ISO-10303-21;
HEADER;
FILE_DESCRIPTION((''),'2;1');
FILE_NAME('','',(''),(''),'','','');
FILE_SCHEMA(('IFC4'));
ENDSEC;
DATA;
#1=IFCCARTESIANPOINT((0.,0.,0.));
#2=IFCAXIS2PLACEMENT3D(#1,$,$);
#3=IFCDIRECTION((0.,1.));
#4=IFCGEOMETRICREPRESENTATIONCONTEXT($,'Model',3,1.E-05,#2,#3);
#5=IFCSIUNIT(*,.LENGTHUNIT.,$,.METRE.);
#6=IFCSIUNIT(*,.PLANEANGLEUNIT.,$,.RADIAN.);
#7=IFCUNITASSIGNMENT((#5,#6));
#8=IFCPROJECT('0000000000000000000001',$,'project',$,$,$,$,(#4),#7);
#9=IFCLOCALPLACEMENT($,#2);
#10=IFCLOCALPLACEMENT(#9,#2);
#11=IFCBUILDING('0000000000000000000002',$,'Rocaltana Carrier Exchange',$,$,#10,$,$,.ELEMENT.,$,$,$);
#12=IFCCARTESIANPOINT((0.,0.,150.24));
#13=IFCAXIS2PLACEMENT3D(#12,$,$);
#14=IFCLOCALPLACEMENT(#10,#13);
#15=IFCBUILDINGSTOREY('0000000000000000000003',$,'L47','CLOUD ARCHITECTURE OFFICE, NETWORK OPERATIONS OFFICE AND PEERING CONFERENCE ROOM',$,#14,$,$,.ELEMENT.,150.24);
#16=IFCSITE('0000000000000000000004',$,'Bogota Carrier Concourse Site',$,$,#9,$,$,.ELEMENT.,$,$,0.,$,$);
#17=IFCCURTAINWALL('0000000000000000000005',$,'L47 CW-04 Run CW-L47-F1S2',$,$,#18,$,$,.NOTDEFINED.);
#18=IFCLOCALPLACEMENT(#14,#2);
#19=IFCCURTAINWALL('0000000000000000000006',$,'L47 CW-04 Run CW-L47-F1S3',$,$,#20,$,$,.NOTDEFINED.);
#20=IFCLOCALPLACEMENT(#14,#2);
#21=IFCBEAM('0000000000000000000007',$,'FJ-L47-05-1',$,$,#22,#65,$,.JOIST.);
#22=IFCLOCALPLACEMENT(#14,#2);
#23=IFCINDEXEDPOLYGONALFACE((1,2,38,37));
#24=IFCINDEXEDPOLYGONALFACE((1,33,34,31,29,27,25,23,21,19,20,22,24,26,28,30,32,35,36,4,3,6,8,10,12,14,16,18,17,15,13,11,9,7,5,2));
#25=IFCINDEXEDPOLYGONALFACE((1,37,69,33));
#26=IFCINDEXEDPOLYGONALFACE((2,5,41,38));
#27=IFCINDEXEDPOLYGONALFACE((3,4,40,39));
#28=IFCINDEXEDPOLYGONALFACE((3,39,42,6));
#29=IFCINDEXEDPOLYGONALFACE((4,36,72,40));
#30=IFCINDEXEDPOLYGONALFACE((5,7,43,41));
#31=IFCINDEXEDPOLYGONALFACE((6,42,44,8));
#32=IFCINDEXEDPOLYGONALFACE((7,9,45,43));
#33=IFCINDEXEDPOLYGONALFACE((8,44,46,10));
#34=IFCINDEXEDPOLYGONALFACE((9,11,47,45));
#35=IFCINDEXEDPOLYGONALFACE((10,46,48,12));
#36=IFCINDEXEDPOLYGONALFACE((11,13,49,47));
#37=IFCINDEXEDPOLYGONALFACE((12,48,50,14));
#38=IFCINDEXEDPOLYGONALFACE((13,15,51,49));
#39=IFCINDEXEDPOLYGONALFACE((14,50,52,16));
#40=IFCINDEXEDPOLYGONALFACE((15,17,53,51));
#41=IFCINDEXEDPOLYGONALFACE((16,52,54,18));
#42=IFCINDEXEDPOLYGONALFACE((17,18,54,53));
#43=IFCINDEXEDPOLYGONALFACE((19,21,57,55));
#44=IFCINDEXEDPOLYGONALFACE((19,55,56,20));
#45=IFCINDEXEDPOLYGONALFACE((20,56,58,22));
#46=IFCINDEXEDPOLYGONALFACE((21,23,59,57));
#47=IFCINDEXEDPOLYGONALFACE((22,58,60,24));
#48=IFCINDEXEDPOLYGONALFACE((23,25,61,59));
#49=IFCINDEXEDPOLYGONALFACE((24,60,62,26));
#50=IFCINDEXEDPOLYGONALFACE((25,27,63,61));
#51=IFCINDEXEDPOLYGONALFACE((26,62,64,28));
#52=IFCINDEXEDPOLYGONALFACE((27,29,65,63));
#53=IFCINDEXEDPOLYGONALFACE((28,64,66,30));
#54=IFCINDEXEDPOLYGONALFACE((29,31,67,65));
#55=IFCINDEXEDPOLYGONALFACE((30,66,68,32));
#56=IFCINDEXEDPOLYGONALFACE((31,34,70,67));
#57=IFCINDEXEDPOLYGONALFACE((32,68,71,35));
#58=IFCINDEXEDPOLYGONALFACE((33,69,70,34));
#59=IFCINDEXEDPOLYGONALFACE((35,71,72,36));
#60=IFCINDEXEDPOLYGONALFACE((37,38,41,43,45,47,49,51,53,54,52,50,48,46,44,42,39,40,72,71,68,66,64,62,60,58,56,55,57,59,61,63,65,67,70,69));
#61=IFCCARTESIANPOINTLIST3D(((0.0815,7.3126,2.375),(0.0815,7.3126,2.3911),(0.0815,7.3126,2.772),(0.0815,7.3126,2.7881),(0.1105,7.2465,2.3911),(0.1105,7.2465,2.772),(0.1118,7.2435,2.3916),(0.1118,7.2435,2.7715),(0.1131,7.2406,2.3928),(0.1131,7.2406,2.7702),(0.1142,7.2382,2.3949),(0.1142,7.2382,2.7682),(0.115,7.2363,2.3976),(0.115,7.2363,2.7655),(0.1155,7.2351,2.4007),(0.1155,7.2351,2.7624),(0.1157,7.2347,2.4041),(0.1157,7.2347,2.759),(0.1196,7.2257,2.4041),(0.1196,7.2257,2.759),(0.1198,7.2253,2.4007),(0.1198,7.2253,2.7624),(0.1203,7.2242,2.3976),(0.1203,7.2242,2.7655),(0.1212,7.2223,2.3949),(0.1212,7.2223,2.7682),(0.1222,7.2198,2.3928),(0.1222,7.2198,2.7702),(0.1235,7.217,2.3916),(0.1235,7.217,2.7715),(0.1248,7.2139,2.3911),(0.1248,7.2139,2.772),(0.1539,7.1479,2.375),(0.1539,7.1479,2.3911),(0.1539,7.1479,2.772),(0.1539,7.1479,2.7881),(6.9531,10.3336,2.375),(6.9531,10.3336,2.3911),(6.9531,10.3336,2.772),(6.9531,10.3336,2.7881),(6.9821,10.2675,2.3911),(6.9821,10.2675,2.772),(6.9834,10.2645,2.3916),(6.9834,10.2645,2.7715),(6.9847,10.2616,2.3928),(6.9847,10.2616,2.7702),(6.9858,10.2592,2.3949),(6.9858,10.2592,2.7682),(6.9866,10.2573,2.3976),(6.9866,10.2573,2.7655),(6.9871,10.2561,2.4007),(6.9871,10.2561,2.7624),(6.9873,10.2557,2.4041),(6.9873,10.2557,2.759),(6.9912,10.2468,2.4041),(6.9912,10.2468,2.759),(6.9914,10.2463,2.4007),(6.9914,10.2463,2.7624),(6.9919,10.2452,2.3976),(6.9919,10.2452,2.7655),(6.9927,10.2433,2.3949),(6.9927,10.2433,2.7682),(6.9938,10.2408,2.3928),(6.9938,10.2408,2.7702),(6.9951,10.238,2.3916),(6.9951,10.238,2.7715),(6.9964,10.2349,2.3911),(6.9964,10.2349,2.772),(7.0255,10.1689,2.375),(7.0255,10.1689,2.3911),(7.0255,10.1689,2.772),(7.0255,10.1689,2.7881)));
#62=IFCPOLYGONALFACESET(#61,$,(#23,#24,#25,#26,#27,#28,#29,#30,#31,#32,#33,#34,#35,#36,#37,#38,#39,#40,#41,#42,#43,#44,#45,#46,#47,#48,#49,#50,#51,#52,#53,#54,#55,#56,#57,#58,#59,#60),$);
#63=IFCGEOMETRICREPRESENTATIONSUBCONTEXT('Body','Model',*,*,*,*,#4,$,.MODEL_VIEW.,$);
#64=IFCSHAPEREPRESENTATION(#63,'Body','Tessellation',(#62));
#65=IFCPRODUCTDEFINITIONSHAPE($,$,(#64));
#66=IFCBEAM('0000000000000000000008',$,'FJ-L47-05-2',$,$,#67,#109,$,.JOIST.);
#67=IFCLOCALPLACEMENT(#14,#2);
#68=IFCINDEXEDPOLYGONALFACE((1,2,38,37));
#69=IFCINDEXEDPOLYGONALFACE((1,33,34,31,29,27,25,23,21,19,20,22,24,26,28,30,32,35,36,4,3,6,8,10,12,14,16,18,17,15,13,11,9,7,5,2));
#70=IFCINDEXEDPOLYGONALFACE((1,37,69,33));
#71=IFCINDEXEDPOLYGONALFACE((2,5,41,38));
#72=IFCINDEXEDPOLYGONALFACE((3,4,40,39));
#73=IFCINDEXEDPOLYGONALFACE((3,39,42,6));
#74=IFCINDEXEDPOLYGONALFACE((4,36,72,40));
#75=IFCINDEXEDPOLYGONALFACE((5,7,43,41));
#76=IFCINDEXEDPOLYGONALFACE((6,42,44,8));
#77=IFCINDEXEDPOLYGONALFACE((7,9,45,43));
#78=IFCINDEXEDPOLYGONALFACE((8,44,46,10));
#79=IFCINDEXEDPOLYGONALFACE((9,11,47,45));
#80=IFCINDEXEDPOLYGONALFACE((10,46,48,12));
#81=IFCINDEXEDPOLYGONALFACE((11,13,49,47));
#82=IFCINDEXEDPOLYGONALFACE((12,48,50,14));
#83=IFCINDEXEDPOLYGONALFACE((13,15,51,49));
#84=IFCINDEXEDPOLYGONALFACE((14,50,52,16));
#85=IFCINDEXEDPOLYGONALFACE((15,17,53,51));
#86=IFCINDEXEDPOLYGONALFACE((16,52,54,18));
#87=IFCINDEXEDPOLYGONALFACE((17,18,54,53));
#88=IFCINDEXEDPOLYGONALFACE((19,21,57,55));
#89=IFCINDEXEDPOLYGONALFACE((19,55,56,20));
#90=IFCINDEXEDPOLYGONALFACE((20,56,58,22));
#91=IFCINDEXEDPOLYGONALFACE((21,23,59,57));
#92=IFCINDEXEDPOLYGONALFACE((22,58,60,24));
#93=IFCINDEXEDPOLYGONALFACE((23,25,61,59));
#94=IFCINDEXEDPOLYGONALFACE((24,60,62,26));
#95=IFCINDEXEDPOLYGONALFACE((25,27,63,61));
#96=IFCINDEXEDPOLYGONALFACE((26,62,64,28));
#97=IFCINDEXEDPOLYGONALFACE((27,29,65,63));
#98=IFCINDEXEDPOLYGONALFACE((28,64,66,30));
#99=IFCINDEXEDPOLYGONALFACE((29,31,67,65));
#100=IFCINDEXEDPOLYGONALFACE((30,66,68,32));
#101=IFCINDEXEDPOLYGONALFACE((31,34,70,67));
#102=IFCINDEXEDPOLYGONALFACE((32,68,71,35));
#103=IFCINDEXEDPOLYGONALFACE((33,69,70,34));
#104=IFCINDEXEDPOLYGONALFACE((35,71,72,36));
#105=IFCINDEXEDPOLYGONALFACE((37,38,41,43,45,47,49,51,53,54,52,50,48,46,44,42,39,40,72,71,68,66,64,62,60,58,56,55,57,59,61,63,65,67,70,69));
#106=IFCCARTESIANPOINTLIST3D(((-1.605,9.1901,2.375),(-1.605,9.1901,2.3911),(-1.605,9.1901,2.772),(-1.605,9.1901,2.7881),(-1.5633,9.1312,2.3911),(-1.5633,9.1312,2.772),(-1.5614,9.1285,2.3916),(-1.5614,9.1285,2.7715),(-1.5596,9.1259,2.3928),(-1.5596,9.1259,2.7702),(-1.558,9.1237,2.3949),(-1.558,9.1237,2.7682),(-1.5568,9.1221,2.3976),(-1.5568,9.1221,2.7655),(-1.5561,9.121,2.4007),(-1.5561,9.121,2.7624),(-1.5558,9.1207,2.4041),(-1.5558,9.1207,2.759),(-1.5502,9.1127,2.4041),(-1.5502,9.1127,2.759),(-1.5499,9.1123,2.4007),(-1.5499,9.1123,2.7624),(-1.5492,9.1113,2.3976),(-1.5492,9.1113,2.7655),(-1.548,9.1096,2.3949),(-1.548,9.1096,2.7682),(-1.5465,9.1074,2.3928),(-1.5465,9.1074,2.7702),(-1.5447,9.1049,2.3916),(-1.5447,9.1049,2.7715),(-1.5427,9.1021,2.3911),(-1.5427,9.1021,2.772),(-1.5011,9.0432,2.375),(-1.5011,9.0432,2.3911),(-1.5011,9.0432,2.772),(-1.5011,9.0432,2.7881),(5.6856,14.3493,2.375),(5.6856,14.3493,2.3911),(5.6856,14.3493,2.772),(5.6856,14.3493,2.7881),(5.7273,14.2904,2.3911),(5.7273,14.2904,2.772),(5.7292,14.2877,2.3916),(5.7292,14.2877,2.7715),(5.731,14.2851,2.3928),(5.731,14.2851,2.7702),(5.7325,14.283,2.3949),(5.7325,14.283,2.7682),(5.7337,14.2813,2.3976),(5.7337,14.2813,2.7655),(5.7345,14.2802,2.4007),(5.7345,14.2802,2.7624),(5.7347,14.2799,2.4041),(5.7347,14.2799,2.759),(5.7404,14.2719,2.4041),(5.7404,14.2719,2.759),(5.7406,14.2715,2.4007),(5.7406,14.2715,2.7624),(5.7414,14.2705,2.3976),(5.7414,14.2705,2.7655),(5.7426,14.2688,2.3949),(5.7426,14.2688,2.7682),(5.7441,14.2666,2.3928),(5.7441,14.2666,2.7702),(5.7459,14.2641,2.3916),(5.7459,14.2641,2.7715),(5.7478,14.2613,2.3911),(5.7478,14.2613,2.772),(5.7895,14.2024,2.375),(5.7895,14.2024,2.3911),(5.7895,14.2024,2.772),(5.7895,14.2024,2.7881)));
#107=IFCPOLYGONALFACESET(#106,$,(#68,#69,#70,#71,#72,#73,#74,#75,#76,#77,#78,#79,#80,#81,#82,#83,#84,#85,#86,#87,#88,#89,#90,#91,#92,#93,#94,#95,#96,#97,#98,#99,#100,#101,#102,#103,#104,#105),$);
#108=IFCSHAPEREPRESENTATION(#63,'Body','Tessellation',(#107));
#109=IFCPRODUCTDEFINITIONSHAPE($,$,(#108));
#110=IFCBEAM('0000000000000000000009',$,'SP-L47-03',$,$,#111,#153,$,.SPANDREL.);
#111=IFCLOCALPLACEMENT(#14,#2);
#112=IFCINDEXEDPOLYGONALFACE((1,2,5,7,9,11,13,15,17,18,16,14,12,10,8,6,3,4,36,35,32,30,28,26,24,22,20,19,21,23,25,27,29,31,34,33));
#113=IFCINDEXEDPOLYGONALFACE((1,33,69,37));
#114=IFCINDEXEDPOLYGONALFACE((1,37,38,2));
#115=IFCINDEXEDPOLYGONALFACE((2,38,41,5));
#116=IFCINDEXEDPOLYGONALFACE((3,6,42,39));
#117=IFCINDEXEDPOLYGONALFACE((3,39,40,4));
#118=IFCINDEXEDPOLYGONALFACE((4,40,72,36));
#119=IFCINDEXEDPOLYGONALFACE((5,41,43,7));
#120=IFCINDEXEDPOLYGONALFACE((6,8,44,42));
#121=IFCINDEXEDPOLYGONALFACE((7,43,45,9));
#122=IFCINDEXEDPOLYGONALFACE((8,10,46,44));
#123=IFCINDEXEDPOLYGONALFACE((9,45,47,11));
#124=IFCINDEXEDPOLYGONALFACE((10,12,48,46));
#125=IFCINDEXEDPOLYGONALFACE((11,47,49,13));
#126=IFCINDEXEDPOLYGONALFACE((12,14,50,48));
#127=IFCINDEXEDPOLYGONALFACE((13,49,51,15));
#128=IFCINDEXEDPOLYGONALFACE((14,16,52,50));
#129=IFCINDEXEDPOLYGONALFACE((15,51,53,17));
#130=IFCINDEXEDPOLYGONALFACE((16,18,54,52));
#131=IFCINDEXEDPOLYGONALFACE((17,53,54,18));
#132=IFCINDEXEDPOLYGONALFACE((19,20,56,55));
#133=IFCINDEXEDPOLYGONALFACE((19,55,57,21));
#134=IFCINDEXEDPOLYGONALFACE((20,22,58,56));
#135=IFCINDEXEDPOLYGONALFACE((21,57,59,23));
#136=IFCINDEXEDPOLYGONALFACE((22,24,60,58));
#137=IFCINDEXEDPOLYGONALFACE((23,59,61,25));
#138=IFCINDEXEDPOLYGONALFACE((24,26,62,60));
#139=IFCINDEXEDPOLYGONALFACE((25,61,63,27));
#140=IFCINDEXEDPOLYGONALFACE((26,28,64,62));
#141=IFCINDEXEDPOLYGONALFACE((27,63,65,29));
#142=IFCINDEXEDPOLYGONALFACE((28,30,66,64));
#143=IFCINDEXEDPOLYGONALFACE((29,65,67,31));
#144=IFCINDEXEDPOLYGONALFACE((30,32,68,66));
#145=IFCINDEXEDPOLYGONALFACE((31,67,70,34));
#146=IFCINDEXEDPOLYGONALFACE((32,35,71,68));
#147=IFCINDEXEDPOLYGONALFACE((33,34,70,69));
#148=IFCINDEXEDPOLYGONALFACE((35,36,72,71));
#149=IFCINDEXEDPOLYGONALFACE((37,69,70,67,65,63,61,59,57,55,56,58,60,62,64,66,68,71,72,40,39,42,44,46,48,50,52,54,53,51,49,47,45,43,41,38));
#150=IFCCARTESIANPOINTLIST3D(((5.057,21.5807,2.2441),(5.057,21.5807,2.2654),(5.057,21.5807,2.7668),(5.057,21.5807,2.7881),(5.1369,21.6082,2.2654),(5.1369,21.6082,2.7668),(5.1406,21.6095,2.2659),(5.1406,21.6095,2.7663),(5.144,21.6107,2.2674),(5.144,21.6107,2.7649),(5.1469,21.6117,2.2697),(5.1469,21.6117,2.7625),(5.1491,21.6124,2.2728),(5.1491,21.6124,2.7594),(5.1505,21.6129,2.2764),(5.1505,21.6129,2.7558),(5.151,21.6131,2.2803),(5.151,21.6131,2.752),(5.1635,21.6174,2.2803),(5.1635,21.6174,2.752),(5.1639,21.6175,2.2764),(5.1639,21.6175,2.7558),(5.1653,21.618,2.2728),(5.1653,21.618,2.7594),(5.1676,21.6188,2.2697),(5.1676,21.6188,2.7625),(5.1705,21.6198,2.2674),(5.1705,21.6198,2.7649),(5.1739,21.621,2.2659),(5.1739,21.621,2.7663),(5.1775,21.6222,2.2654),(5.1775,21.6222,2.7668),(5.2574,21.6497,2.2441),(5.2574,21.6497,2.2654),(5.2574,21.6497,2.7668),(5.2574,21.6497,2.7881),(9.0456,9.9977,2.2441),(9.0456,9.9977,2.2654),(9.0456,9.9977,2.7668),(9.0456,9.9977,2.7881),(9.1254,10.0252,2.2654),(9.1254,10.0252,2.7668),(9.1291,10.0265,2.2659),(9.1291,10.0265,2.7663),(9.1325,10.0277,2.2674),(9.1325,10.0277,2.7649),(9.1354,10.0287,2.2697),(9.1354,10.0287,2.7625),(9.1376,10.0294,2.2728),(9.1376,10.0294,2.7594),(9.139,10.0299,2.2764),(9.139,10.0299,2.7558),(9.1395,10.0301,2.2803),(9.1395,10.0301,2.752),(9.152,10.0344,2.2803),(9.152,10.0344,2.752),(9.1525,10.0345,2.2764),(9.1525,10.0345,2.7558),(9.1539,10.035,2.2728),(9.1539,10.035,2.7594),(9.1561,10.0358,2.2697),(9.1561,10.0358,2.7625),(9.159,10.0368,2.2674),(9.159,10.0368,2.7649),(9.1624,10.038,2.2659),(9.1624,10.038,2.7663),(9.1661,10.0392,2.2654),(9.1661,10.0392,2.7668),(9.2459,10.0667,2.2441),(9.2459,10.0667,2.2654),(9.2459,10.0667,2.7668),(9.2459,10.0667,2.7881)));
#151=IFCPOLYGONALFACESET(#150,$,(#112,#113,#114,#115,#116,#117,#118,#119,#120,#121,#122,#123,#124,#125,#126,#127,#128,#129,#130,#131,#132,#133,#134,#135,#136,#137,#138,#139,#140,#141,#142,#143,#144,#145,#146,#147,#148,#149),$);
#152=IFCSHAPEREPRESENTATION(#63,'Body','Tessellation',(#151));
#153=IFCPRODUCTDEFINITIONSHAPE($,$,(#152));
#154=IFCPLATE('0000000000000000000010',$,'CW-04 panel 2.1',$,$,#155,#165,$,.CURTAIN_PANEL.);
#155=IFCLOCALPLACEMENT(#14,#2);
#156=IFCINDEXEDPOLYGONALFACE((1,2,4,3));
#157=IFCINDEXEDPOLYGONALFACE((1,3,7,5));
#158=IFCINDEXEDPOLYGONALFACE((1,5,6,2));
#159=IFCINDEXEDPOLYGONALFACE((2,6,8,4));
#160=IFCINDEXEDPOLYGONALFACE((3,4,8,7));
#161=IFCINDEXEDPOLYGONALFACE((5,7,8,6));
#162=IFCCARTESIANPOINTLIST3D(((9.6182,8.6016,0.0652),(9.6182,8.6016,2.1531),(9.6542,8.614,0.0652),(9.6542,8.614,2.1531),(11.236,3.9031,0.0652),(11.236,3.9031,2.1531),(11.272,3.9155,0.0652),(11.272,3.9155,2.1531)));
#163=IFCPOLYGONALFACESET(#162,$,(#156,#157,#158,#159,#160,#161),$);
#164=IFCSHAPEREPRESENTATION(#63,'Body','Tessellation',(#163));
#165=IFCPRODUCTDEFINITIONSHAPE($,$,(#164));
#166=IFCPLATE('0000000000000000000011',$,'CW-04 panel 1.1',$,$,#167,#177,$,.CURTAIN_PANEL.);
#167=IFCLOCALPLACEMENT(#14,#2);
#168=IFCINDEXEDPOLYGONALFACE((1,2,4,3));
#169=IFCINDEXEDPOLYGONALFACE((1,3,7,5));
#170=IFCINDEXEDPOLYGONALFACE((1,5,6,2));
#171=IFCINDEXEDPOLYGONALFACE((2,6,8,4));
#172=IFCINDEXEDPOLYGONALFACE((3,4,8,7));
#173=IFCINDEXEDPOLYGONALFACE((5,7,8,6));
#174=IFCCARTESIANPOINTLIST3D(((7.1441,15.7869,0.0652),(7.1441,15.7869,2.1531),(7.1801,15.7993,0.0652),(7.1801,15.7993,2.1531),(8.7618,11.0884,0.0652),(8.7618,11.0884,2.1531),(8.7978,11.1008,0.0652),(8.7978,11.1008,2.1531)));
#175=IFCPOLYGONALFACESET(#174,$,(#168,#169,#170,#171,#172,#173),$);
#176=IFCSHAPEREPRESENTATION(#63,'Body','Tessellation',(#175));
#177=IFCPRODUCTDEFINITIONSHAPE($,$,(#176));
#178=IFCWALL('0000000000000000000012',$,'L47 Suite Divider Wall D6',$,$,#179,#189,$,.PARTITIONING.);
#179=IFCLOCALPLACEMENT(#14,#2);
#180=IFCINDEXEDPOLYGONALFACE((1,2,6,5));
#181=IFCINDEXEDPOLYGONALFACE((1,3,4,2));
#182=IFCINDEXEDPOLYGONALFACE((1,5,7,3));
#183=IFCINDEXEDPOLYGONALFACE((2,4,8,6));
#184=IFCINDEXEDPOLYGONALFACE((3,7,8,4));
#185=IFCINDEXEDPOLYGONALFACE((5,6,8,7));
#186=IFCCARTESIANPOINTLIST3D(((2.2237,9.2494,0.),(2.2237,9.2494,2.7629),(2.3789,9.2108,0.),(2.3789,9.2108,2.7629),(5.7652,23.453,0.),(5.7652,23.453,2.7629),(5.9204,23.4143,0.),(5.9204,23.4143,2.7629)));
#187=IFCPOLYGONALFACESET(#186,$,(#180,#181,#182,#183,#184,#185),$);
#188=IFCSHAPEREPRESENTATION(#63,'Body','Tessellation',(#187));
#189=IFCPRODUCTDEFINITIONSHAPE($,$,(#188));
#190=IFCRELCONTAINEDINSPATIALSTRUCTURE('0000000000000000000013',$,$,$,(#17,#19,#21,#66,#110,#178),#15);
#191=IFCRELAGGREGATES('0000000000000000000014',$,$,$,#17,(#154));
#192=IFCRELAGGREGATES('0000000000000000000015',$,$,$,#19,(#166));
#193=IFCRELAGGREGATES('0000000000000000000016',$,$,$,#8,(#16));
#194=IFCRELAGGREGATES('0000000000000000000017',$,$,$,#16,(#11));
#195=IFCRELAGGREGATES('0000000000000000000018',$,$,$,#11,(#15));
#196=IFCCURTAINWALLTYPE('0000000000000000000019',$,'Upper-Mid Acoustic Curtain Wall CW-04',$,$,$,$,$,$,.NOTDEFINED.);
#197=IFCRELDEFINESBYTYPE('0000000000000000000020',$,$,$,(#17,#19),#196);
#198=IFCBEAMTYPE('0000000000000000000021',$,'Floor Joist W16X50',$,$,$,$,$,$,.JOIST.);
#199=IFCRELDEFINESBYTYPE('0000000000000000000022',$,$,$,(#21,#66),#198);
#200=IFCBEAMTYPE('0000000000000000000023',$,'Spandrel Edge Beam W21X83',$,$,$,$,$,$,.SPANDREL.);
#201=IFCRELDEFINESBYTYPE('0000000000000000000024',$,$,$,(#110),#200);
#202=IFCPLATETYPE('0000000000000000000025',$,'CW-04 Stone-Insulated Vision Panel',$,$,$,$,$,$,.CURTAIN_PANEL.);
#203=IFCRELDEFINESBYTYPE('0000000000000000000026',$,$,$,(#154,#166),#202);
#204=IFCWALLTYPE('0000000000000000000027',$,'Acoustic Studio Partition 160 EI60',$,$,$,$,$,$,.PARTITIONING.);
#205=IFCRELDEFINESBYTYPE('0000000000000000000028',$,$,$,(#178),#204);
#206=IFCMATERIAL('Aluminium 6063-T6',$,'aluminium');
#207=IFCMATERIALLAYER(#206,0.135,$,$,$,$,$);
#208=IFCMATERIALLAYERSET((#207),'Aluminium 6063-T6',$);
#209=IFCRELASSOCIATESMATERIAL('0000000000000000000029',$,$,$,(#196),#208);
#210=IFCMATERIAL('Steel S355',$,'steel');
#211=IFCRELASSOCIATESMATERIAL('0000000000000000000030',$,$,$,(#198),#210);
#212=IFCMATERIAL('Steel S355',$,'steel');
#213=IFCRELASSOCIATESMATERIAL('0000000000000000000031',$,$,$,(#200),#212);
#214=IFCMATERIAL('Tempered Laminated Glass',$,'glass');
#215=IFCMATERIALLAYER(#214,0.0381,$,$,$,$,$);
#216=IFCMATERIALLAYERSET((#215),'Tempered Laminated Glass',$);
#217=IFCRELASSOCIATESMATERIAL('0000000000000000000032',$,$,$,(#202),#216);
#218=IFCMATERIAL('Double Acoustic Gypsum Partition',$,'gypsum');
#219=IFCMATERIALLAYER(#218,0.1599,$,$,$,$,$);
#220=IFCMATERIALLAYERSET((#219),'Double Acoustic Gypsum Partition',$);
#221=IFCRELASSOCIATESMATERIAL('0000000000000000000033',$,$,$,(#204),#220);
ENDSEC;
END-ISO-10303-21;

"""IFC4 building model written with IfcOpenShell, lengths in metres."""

from ifc_helpers import new_model, si_unit, direction, frame, frame_2d, origin, origin_2d, place, context, subcontext, project, spatial, rectangle, i_section, extrude, material, layer, layer_set, material_profile, profile_set, type_object, element, aggregate, save


model = new_model("IFC4")

# Units and contexts
model_context = context("Model", 3, precision=1e-05, world=origin(), true_north=direction((0.0, 1.0)))
body_context = subcontext(model_context, "Body", "Model", "MODEL_VIEW")
ifc_project = project(units=[si_unit("LENGTHUNIT", "METRE"), si_unit("PLANEANGLEUNIT", "RADIAN")], contexts=[model_context])

# Site, building, storey
site_placement = place(None, origin())
site = spatial("IfcSite", under=ifc_project, at=site_placement, Name="Bogota Carrier Concourse Site", CompositionType="ELEMENT", RefElevation=0.0)
building_placement = place(site_placement, origin())
building = spatial("IfcBuilding", under=site, at=building_placement, Name="Rocaltana Carrier Exchange", CompositionType="ELEMENT")
storey_placement = place(building_placement, frame((0.0, 0.0, 150.24)))
storey = spatial("IfcBuildingStorey", under=building, at=storey_placement, Name="L47", Description="CLOUD ARCHITECTURE OFFICE, NETWORK OPERATIONS OFFICE AND PEERING CONFERENCE ROOM", CompositionType="ELEMENT", Elevation=150.24)

# Curtain wall
ifc_material_1 = material(Name="Aluminium 6063-T6", Category="aluminium")
ifc_layer_1 = layer(ifc_material_1, 0.135)
ifc_layer_set_1 = layer_set([ifc_layer_1], Name="Aluminium 6063-T6")
curtain_wall_type = type_object("IfcCurtainWallType", Name="Upper-Mid Acoustic Curtain Wall CW-04", PredefinedType="NOTDEFINED", material=ifc_layer_set_1)
curtain_wall_1_placement = place(storey_placement, origin())
curtain_wall_1 = element("IfcCurtainWall", 1, at=curtain_wall_1_placement, inside=storey, type_object=curtain_wall_type, Name="L47 CW-04 Run CW-L47-F1S2", PredefinedType="NOTDEFINED")

# Curtain wall
curtain_wall_2_placement = place(storey_placement, origin())
curtain_wall_2 = element("IfcCurtainWall", 2, at=curtain_wall_2_placement, inside=storey, type_object=curtain_wall_type, Name="L47 CW-04 Run CW-L47-F1S3", PredefinedType="NOTDEFINED")

# Beams
ifc_material_2 = material(Name="Steel S355", Category="steel")
ifc_material_profile_1 = material_profile(ifc_material_2, i_section(OverallWidth=0.1799, OverallDepth=0.4131, WebThickness=0.0098, FlangeThickness=0.0161, FilletRadius=0.0129, at=origin_2d()), Name="W16X50")
ifc_profile_set_1 = profile_set([ifc_material_profile_1], Name="Steel S355")
beam_type_1 = type_object("IfcBeamType", Name="Floor Joist W16X50", PredefinedType="JOIST", material=ifc_profile_set_1)
beam_1_placement = place(storey_placement, frame((6.9893, 10.2512, 2.5815), z_axis=(-0.915438, -0.40246, 0.0), x_axis=(0.40246, -0.915438, 0.0)))
element("IfcBeam", 3, at=beam_1_placement, inside=storey, type_object=beam_type_1, Name="FJ-L47-05-1", PredefinedType="JOIST", context=body_context, shape_type="SweptSolid", body=[
    extrude(i_section(OverallWidth=0.1799, OverallDepth=0.4131, WebThickness=0.0098, FlangeThickness=0.0161, FilletRadius=0.0129, at=origin_2d()), origin(), (0.0, 0.0, 1.0), 7.5063),
])
beam_2_placement = place(storey_placement, frame((5.7375, 14.2759, 2.5815), z_axis=(-0.816285, -0.577649, 0.0), x_axis=(0.577649, -0.816285, 0.0)))
element("IfcBeam", 4, at=beam_2_placement, inside=storey, type_object=beam_type_1, Name="FJ-L47-05-2", PredefinedType="JOIST", context=body_context, shape_type="SweptSolid", body=[
    extrude(i_section(OverallWidth=0.1799, OverallDepth=0.4131, WebThickness=0.0098, FlangeThickness=0.0161, FilletRadius=0.0129, at=origin_2d()), origin(), (0.0, 0.0, 1.0), 8.9314),
])
ifc_material_3 = material(Name="Steel S355", Category="steel")
ifc_material_profile_2 = material_profile(ifc_material_3, i_section(OverallWidth=0.2119, OverallDepth=0.5439, WebThickness=0.0132, FlangeThickness=0.0212, FilletRadius=0.0149, at=origin_2d()), Name="W21X83")
ifc_profile_set_2 = profile_set([ifc_material_profile_2], Name="Steel S355")
beam_type_2 = type_object("IfcBeamType", Name="Spandrel Edge Beam W21X83", PredefinedType="SPANDREL", material=ifc_profile_set_2)
beam_3_placement = place(storey_placement, frame((9.1458, 10.0322, 2.5161), z_axis=(-0.325581, 0.945514, 0.0), x_axis=(-0.945514, -0.325581, 0.0)))
element("IfcBeam", 5, at=beam_3_placement, inside=storey, type_object=beam_type_2, Name="SP-L47-03", PredefinedType="SPANDREL", context=body_context, shape_type="SweptSolid", body=[
    extrude(i_section(OverallWidth=0.2119, OverallDepth=0.5439, WebThickness=0.0132, FlangeThickness=0.0212, FilletRadius=0.0149, at=origin_2d()), origin(), (0.0, 0.0, 1.0), 12.2505),
])

# Plates
ifc_material_4 = material(Name="Tempered Laminated Glass", Category="glass")
ifc_layer_2 = layer(ifc_material_4, 0.0381)
ifc_layer_set_2 = layer_set([ifc_layer_2], Name="Tempered Laminated Glass")
plate_type = type_object("IfcPlateType", Name="CW-04 Stone-Insulated Vision Panel", PredefinedType="CURTAIN_PANEL", material=ifc_layer_set_2)
plate_1_placement = place(storey_placement, frame((10.4451, 6.2585, 0.0652), z_axis=(0.0, 0.0, 1.0), x_axis=(-0.325562, 0.945521, 0.0)))
plate_1 = element("IfcPlate", 6, at=plate_1_placement, type_object=plate_type, Name="CW-04 panel 2.1", PredefinedType="CURTAIN_PANEL", context=body_context, shape_type="SweptSolid", body=[
    extrude(rectangle(XDim=4.9692, YDim=0.0381, at=origin_2d()), origin(), (0.0, 0.0, 1.0), 2.0879),
])
aggregate(curtain_wall_1, [plate_1])
plate_2_placement = place(storey_placement, frame((7.9709, 13.4438, 0.0652), z_axis=(0.0, 0.0, 1.0), x_axis=(-0.325559, 0.945522, 0.0)))
plate_2 = element("IfcPlate", 7, at=plate_2_placement, type_object=plate_type, Name="CW-04 panel 1.1", PredefinedType="CURTAIN_PANEL", context=body_context, shape_type="SweptSolid", body=[
    extrude(rectangle(XDim=4.9692, YDim=0.0381, at=origin_2d()), origin(), (0.0, 0.0, 1.0), 2.0879),
])
aggregate(curtain_wall_2, [plate_2])

# Wall
ifc_material_5 = material(Name="Double Acoustic Gypsum Partition", Category="gypsum")
ifc_layer_3 = layer(ifc_material_5, 0.1599)
ifc_layer_set_3 = layer_set([ifc_layer_3], Name="Double Acoustic Gypsum Partition")
wall_type_1 = type_object("IfcWallType", Name="Acoustic Studio Partition 160 EI60", PredefinedType="PARTITIONING", material=ifc_layer_set_3)
wall_1_placement = place(storey_placement, frame((2.3013, 9.23, 0.0), z_axis=(0.0, 0.0, 1.0), x_axis=(0.241931, 0.970293, 0.0)))
element("IfcWall", 8, at=wall_1_placement, inside=storey, type_object=wall_type_1, Name="L47 Suite Divider Wall D6", PredefinedType="PARTITIONING", context=body_context, shape_type="SweptSolid", body=[
    extrude(rectangle(XDim=14.6384, YDim=0.1599, at=frame_2d((7.3193, 0.0))), origin(), (0.0, 0.0, 1.0), 2.7629),
])

save(model, "model.ifc")
